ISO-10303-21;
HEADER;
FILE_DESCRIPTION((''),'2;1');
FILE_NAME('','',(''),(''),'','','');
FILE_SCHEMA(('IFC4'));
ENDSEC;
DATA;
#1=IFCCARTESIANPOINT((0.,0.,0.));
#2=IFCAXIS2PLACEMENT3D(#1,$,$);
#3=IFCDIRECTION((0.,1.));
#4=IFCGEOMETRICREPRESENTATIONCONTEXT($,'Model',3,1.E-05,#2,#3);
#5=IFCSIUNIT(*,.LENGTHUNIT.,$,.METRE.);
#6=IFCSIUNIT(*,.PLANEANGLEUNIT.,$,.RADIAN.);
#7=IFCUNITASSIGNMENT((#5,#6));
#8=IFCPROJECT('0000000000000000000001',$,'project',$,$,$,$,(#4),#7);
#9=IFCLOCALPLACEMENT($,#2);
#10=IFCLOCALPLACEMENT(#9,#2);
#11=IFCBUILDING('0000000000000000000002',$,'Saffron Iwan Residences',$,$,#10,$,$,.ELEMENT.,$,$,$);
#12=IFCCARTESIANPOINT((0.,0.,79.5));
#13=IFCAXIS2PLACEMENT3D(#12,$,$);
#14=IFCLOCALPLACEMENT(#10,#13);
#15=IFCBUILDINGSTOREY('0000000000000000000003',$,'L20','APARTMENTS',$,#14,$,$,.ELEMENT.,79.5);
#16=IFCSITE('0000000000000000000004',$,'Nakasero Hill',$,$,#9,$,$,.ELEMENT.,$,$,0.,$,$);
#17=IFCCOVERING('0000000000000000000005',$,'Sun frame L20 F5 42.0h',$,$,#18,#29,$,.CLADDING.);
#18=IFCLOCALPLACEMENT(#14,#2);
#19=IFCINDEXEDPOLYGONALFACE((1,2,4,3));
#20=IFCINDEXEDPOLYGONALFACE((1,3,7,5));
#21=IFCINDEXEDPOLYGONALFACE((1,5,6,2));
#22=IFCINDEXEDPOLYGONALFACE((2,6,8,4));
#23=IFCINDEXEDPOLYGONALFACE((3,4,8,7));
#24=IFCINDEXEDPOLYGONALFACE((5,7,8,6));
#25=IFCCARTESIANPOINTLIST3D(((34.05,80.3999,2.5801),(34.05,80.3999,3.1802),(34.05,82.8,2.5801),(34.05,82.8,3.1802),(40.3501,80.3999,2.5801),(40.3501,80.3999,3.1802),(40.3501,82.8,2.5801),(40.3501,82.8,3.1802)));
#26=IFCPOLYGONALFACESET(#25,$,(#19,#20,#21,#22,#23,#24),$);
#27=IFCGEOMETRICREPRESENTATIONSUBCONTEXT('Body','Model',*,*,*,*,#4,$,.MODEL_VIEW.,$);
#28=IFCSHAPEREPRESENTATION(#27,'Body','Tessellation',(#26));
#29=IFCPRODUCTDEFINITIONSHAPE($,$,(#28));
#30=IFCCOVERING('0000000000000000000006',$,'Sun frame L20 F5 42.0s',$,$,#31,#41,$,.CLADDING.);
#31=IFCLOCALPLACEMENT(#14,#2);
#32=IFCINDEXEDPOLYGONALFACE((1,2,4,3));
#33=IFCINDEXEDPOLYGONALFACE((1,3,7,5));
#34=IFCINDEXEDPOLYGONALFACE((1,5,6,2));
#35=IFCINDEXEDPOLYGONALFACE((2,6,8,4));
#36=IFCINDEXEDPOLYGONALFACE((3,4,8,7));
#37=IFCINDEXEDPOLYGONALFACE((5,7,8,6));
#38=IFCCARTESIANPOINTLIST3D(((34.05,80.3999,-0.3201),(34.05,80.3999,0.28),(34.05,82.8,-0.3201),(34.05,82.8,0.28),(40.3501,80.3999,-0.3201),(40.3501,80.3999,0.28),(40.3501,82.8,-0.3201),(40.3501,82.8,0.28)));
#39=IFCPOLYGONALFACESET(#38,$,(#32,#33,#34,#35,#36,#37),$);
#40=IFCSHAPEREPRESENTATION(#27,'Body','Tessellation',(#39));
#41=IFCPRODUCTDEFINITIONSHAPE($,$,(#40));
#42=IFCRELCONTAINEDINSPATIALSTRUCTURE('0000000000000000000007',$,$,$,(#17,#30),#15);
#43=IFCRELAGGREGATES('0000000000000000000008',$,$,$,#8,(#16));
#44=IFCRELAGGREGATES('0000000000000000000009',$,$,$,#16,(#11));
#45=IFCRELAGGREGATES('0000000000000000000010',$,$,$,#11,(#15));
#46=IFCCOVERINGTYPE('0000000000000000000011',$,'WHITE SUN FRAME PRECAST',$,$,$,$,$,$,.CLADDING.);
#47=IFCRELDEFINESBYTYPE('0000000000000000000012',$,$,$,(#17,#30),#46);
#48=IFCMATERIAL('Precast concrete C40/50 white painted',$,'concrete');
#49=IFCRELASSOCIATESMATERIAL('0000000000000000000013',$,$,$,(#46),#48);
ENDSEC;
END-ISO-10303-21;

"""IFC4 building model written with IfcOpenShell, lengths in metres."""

from ifc_helpers import new_model, si_unit, direction, frame, origin, place, context, subcontext, project, spatial, polyline, outline, extrude, material, type_object, element, save


model = new_model("IFC4")

# Units and contexts
model_context = context("Model", 3, precision=1e-05, world=origin(), true_north=direction((0.0, 1.0)))
body_context = subcontext(model_context, "Body", "Model", "MODEL_VIEW")
ifc_project = project(units=[si_unit("LENGTHUNIT", "METRE"), si_unit("PLANEANGLEUNIT", "RADIAN")], contexts=[model_context])

# Site, building, storey
site_placement = place(None, origin())
site = spatial("IfcSite", under=ifc_project, at=site_placement, Name="Nakasero Hill", CompositionType="ELEMENT", RefElevation=0.0)
building_placement = place(site_placement, origin())
building = spatial("IfcBuilding", under=site, at=building_placement, Name="Saffron Iwan Residences", CompositionType="ELEMENT")
storey_placement = place(building_placement, frame((0.0, 0.0, 79.5)))
storey = spatial("IfcBuildingStorey", under=building, at=storey_placement, Name="L20", Description="APARTMENTS", CompositionType="ELEMENT", Elevation=79.5)

# Coverings
ifc_material_1 = material(Name="Precast concrete C40/50 white painted", Category="concrete")
covering_type = type_object("IfcCoveringType", Name="WHITE SUN FRAME PRECAST", PredefinedType="CLADDING", material=ifc_material_1)
for number, where, z_axis, x_axis, name in (
    (1, (40.3501, 80.3999, 2.5801), (0.0, 1.0, 0.0), (-1.0, 0.0, 0.0), "Sun frame L20 F5 42.0h"),
    (2, (40.3501, 80.3999, -0.3201), (0.0, 1.0, 0.0), (-1.0, 0.0, 0.0), "Sun frame L20 F5 42.0s"),
):
    element("IfcCovering", number, at=place(storey_placement, frame(where, z_axis=z_axis, x_axis=x_axis)), inside=storey, type_object=covering_type, Name=name, PredefinedType="CLADDING", context=body_context, shape_type="SweptSolid", body=[
        extrude(outline(polyline([(0.0, 0.0), (6.3, 0.0), (6.3, 0.6001), (0.0, 0.6001), (0.0, 0.0)])), origin(), (0.0, 0.0, 1.0), 2.4001),
    ])

save(model, "model.ifc")
